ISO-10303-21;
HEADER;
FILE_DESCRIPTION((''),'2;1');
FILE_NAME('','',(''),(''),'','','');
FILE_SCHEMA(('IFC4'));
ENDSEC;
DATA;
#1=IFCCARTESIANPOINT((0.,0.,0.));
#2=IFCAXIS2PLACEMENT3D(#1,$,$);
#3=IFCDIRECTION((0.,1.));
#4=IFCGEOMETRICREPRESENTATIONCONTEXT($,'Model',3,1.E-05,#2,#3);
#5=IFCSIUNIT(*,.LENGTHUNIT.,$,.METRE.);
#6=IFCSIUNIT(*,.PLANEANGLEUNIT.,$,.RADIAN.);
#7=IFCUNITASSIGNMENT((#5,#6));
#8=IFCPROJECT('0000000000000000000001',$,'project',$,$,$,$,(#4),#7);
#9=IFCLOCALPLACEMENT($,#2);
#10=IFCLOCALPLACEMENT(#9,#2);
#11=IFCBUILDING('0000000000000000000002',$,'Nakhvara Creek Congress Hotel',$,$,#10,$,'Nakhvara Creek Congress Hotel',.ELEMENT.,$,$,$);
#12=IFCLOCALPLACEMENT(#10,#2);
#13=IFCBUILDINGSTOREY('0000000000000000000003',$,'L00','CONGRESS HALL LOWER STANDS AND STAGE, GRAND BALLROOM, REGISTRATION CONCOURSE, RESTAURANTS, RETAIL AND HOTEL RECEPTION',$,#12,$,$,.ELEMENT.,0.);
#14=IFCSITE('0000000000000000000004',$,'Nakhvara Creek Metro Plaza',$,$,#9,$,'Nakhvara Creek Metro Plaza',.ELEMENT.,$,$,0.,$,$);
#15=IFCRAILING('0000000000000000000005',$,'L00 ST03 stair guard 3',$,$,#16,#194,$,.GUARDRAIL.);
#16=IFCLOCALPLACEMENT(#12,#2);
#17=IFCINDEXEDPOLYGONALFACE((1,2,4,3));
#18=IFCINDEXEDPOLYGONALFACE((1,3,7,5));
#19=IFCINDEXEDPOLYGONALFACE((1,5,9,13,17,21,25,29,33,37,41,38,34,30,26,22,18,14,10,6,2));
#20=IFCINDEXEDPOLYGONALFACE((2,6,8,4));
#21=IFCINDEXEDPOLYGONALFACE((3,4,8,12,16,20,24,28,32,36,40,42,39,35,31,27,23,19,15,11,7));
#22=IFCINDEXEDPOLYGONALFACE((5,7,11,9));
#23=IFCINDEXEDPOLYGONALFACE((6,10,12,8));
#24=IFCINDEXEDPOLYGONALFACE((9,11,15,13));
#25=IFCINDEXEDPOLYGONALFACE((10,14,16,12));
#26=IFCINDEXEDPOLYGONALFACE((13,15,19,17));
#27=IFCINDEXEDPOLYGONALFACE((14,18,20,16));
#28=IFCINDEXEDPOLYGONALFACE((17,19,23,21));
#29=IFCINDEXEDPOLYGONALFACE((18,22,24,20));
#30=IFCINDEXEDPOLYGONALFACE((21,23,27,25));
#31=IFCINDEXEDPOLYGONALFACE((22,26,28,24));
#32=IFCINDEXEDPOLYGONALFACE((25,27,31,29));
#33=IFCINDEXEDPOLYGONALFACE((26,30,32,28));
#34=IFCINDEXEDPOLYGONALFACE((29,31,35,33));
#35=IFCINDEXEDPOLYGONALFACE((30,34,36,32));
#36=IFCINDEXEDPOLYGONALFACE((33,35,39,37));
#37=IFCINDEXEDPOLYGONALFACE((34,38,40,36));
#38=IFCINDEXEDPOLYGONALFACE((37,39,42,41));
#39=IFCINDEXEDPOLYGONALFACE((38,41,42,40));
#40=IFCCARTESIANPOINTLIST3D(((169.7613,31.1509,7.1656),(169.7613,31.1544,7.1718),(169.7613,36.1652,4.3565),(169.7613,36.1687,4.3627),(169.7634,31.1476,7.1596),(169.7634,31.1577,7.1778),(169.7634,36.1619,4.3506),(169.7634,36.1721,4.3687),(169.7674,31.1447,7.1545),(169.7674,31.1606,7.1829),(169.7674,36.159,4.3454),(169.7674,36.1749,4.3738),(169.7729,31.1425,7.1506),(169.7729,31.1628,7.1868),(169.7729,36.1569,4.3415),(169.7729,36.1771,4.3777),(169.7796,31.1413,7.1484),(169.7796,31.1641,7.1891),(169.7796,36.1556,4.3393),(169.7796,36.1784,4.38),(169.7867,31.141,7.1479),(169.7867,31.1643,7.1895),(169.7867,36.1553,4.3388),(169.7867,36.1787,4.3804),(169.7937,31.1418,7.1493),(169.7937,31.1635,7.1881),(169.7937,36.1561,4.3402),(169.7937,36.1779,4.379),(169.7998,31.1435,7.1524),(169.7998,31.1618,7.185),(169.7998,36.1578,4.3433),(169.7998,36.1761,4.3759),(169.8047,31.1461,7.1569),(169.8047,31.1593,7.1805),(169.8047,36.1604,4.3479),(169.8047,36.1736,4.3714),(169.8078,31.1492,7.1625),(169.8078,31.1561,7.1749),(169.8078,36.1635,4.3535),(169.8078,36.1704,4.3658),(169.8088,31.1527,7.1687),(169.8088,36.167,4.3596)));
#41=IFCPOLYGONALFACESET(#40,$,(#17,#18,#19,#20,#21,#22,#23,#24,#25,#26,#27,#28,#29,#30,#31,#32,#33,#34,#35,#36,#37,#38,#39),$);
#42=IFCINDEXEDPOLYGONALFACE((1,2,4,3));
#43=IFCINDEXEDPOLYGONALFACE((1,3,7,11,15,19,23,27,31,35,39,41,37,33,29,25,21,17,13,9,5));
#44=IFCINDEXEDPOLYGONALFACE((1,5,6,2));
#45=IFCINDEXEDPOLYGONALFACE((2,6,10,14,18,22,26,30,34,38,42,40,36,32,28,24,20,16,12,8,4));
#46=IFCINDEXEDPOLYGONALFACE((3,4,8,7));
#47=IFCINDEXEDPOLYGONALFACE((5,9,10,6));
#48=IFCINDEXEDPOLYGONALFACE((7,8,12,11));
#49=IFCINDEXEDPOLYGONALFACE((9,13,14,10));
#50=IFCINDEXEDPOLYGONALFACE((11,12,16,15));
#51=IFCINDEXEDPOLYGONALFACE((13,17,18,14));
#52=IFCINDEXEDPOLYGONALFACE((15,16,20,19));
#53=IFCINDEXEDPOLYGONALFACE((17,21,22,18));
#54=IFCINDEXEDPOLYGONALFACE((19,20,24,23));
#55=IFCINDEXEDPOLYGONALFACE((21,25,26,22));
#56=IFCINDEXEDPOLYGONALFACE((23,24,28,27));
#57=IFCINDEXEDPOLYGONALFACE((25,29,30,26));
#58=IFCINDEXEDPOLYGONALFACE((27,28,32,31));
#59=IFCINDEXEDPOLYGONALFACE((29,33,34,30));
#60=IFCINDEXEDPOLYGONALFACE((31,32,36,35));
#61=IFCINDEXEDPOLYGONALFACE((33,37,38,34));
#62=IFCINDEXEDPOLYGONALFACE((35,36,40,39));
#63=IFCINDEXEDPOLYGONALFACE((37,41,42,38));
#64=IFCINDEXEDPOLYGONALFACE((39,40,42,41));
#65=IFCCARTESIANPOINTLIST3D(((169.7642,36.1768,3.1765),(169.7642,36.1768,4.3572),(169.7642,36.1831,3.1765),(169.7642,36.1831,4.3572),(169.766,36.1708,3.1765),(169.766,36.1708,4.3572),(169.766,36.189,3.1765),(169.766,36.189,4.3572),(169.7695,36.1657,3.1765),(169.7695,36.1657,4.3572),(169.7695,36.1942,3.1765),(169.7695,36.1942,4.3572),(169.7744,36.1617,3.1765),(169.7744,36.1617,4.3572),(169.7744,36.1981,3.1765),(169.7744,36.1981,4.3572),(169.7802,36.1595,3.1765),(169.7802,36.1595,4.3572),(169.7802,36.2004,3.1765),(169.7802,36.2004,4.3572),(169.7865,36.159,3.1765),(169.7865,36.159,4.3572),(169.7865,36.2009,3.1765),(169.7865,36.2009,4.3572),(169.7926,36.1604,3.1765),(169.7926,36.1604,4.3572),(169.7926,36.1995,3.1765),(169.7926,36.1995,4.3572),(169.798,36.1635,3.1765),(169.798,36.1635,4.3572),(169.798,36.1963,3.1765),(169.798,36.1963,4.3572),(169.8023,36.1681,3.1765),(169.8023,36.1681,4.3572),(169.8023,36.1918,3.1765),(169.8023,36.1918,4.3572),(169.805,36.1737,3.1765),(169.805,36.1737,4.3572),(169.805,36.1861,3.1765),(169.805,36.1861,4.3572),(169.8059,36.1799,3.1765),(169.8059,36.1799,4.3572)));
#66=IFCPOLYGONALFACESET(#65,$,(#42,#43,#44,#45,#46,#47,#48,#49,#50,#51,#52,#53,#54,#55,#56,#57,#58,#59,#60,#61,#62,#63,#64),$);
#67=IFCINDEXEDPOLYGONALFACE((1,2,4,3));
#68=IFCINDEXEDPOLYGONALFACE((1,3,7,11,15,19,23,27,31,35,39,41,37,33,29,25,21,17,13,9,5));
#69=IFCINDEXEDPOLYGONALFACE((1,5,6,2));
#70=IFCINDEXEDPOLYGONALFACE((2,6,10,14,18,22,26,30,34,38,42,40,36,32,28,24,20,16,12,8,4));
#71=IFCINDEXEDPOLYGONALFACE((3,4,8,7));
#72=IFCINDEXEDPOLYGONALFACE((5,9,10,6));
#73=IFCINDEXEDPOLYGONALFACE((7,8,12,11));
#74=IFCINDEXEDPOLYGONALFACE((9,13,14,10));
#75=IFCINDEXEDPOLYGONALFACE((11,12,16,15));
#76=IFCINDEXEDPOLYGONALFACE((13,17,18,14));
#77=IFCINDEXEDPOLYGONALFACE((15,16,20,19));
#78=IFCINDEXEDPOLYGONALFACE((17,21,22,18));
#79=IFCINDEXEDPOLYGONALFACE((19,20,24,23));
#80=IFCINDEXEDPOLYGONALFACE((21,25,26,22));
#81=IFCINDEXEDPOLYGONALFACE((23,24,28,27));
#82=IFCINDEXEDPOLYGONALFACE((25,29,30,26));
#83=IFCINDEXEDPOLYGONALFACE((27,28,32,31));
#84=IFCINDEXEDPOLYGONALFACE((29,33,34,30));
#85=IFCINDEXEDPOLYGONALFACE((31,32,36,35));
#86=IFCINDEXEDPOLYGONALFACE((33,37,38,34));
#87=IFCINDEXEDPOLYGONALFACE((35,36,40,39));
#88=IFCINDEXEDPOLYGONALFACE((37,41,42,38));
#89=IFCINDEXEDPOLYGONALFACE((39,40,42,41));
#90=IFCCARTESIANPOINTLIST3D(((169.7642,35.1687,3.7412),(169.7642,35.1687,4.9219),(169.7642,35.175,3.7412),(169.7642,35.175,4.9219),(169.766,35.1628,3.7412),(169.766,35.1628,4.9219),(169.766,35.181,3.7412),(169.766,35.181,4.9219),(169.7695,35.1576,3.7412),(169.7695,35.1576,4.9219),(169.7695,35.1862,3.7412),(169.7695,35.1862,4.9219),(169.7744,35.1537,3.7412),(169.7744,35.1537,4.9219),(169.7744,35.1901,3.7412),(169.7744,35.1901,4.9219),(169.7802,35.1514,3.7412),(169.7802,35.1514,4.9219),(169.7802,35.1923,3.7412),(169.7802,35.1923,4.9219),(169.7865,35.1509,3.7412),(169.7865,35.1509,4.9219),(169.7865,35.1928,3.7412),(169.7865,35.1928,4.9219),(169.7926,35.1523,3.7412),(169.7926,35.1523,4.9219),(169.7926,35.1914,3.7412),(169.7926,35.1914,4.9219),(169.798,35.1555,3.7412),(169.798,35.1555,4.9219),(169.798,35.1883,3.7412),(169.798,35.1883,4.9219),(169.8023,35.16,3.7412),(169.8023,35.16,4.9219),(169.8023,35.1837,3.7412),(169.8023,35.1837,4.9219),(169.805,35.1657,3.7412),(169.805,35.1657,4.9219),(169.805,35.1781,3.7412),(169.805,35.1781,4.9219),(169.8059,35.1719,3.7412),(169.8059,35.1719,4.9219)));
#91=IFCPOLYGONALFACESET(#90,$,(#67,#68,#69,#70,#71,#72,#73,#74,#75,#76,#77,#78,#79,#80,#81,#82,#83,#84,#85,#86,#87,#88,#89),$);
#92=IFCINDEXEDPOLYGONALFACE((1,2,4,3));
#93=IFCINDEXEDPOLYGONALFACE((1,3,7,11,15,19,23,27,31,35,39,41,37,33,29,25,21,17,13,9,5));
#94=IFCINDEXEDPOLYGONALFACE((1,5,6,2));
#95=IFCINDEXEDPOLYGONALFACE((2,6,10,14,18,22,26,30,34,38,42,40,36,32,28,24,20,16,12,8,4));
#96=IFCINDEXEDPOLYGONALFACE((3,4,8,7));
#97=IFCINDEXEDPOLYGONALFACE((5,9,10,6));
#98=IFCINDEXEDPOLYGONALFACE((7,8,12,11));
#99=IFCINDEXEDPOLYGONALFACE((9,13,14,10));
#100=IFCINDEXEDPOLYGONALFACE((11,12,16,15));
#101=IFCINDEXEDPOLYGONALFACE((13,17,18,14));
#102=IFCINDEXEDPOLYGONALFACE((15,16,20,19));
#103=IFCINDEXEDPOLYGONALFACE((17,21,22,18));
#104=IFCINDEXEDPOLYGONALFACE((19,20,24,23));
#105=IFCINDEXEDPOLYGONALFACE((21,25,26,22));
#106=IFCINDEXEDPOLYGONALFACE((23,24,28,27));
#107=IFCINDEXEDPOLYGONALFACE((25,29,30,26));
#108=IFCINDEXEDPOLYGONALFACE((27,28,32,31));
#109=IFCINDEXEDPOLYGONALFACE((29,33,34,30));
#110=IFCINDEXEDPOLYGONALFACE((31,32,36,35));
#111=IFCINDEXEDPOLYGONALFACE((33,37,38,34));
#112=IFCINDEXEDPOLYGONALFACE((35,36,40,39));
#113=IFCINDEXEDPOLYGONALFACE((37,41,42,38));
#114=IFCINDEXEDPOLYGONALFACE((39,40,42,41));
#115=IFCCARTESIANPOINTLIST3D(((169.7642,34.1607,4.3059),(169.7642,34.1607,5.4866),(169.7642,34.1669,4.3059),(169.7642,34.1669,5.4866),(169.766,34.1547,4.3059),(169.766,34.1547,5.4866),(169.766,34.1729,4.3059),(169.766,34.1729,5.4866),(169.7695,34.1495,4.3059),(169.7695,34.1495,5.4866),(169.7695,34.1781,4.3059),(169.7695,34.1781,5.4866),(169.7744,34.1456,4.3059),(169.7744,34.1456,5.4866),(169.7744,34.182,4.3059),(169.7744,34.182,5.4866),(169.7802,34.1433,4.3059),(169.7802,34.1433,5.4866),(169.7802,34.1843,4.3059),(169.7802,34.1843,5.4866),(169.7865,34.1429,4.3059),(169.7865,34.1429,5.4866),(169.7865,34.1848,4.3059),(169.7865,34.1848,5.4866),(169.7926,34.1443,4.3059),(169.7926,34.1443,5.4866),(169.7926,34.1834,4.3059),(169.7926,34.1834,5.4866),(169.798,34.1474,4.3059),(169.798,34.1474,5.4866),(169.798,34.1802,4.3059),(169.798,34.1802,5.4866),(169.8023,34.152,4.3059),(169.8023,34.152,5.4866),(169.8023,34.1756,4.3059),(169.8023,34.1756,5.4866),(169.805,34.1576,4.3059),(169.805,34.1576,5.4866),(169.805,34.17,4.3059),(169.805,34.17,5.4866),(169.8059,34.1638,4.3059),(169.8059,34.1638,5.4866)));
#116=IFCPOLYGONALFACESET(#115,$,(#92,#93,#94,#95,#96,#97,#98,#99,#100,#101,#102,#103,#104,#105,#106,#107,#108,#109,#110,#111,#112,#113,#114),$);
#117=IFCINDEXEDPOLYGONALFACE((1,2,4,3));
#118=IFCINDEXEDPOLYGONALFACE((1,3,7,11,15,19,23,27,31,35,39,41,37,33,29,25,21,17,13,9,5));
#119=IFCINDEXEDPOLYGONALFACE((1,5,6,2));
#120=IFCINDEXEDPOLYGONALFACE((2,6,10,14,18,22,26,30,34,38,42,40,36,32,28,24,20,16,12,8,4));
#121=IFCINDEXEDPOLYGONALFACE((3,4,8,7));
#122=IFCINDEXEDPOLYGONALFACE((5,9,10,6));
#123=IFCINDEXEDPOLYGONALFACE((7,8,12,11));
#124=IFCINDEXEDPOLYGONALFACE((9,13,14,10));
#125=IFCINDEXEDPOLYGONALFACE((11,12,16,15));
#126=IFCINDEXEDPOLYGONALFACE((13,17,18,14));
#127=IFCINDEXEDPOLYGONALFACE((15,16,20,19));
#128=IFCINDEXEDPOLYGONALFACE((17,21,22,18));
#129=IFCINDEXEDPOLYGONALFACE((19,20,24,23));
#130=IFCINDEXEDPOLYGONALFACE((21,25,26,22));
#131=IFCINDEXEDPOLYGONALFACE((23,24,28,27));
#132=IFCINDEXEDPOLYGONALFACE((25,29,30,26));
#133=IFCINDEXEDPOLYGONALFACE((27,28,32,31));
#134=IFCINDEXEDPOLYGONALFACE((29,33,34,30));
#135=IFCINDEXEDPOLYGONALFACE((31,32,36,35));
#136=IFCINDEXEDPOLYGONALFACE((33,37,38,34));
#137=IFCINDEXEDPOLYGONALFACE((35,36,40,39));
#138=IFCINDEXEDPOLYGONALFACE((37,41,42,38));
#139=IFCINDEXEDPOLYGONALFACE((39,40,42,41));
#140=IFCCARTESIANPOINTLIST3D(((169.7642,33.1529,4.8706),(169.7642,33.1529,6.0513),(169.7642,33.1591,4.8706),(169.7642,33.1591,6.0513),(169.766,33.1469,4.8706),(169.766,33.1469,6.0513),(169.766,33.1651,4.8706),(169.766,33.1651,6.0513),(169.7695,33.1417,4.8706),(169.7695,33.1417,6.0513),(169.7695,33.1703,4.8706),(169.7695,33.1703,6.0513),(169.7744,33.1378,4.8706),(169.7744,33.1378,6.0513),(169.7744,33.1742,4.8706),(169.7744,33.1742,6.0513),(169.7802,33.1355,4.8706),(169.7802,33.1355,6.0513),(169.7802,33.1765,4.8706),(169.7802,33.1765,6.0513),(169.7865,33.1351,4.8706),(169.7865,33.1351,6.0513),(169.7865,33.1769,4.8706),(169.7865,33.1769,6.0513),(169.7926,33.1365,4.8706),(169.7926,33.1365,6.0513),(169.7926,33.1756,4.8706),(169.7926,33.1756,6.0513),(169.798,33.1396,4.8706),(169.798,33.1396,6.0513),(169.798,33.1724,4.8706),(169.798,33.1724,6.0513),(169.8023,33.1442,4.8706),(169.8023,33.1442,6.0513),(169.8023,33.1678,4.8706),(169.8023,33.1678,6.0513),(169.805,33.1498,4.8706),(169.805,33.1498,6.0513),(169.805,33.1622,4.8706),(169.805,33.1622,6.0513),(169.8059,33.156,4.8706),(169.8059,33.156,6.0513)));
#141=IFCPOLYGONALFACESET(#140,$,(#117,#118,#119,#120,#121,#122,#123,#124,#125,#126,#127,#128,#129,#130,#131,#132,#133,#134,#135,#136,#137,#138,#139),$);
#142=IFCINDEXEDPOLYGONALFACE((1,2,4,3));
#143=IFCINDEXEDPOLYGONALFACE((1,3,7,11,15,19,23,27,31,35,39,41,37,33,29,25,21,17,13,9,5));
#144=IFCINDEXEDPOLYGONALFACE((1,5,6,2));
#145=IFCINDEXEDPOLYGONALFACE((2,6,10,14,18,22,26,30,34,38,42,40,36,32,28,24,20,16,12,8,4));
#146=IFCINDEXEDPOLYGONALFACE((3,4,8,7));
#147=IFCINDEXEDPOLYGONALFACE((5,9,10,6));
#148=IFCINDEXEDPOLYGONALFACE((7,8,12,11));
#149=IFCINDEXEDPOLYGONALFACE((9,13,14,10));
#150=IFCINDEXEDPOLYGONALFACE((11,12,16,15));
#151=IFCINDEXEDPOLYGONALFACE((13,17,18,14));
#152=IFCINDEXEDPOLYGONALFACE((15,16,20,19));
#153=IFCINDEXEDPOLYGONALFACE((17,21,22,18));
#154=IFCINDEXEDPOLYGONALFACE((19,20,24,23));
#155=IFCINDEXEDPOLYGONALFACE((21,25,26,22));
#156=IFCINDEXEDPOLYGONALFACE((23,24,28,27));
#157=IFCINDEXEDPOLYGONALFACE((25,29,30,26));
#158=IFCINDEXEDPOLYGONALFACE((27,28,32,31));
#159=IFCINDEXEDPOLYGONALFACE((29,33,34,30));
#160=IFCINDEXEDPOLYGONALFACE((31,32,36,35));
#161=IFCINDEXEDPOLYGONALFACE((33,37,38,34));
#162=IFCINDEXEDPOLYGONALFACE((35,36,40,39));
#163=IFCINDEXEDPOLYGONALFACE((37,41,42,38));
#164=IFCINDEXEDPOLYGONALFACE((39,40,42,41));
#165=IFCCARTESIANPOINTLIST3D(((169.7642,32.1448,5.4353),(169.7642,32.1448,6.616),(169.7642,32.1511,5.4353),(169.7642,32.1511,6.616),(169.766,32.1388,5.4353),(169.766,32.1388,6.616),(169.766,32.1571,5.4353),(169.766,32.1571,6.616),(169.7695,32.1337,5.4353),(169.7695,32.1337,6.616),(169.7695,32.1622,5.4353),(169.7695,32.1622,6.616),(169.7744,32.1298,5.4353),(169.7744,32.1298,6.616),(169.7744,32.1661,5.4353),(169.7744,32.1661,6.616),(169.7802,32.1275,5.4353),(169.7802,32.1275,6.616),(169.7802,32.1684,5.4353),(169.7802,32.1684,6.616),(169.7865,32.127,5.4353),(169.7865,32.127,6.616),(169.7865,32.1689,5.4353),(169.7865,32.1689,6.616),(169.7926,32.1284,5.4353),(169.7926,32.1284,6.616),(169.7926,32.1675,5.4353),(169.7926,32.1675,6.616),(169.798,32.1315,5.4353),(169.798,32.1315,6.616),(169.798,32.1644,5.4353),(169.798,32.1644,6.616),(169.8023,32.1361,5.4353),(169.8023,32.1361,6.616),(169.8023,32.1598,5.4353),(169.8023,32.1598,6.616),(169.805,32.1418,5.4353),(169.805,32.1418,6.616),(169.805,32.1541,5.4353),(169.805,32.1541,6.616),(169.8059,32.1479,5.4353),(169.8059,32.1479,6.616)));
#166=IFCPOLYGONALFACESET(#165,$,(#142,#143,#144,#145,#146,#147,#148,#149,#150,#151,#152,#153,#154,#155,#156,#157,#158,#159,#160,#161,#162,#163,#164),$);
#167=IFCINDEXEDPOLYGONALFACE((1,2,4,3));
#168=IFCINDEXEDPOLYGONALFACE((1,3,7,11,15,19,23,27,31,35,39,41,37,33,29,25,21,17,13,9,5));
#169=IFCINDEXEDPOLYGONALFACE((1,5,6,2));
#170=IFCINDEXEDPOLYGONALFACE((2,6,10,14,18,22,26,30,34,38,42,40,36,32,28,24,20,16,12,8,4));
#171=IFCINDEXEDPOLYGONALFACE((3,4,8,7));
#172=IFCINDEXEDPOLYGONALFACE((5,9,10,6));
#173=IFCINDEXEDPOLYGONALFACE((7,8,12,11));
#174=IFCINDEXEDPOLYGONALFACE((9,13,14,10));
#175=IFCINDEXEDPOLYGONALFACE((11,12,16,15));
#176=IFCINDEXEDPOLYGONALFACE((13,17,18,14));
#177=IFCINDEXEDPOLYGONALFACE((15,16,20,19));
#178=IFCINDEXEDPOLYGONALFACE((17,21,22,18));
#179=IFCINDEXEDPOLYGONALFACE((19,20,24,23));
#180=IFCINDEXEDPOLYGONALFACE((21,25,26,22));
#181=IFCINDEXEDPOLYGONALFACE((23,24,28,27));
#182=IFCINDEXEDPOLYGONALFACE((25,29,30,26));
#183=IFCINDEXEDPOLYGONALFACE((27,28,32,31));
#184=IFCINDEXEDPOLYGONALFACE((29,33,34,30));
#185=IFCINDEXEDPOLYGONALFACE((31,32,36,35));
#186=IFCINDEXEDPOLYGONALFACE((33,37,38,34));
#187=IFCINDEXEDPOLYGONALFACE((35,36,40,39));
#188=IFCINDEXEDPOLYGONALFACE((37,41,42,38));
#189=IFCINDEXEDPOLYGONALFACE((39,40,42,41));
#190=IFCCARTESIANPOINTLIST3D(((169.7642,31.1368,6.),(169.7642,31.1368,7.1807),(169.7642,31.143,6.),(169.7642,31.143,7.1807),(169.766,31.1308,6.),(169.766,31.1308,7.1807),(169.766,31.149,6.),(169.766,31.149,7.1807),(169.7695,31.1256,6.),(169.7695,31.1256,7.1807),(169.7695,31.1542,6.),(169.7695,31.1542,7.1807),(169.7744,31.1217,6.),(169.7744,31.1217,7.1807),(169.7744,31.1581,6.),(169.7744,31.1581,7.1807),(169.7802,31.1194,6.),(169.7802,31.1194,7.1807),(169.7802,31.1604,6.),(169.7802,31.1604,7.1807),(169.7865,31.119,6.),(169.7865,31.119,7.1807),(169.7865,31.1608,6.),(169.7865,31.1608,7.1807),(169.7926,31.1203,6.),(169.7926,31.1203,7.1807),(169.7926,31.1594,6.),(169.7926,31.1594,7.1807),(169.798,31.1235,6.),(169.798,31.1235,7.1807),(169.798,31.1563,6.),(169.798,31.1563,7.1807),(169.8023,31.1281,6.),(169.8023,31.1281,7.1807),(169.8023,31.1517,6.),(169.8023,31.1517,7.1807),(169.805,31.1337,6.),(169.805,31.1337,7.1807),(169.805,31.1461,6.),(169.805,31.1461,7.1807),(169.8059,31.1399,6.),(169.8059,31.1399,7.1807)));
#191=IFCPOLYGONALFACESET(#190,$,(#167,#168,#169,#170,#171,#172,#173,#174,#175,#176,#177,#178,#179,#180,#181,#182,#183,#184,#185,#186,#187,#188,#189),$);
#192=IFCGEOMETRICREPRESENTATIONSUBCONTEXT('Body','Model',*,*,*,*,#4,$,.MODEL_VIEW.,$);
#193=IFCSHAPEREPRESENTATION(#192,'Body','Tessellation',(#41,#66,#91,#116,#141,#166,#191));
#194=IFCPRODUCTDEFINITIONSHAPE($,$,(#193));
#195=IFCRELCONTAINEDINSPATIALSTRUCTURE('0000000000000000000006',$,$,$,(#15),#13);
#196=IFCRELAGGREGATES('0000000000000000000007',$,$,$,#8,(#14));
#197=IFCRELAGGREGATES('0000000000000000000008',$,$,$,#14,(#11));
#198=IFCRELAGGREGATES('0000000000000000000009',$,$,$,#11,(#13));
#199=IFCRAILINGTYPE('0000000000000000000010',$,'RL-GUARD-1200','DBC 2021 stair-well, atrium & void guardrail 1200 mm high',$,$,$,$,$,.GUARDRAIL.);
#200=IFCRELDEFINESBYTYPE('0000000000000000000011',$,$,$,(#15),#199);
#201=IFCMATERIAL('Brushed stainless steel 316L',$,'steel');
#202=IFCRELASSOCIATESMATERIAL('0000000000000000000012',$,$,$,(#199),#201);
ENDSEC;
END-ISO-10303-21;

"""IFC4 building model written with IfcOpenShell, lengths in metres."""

from ifc_helpers import new_model, si_unit, direction, frame, origin, origin_2d, place, context, subcontext, project, spatial, circle, extrude, material, type_object, element, save


model = new_model("IFC4")

# Units and contexts
model_context = context("Model", 3, precision=1e-05, world=origin(), true_north=direction((0.0, 1.0)))
body_context = subcontext(model_context, "Body", "Model", "MODEL_VIEW")
ifc_project = project(units=[si_unit("LENGTHUNIT", "METRE"), si_unit("PLANEANGLEUNIT", "RADIAN")], contexts=[model_context])

# Site, building, storey
site_placement = place(None, origin())
site = spatial("IfcSite", under=ifc_project, at=site_placement, Name="Nakhvara Creek Metro Plaza", LongName="Nakhvara Creek Metro Plaza", CompositionType="ELEMENT", RefElevation=0.0)
building_placement = place(site_placement, origin())
building = spatial("IfcBuilding", under=site, at=building_placement, Name="Nakhvara Creek Congress Hotel", LongName="Nakhvara Creek Congress Hotel", CompositionType="ELEMENT")
storey_placement = place(building_placement, origin())
storey = spatial("IfcBuildingStorey", under=building, at=storey_placement, Name="L00", Description="CONGRESS HALL LOWER STANDS AND STAGE, GRAND BALLROOM, REGISTRATION CONCOURSE, RESTAURANTS, RETAIL AND HOTEL RECEPTION", CompositionType="ELEMENT", Elevation=0.0)

# Railing
ifc_material_1 = material(Name="Brushed stainless steel 316L", Category="steel")
railing_type_1 = type_object("IfcRailingType", Name="RL-GUARD-1200", Description="DBC 2021 stair-well, atrium & void guardrail 1200 mm high", PredefinedType="GUARDRAIL", material=ifc_material_1)
railing_1_placement = place(storey_placement, frame((169.7849, 36.1799, 3.1765)))
element("IfcRailing", 1, at=railing_1_placement, inside=storey, type_object=railing_type_1, Name="L00 ST03 stair guard 3", PredefinedType="GUARDRAIL", context=body_context, shape_type="SweptSolid", body=[
    extrude(circle(Radius=0.0239, at=origin_2d()), frame((0.0, -0.0129, 1.1831), z_axis=(0.0, -0.872427, 0.488744), x_axis=(1.0, 0.0, 0.0)), (0.0, 0.0, 1.0), 5.7476),
    extrude(circle(Radius=0.021, at=origin_2d()), origin(), (0.0, 0.0, 1.0), 1.1807),
    extrude(circle(Radius=0.021, at=origin_2d()), frame((0.0, -1.0081, 0.5647)), (0.0, 0.0, 1.0), 1.1807),
    extrude(circle(Radius=0.021, at=origin_2d()), frame((0.0, -2.0161, 1.1294)), (0.0, 0.0, 1.0), 1.1807),
    extrude(circle(Radius=0.021, at=origin_2d()), frame((0.0, -3.0239, 1.6941)), (0.0, 0.0, 1.0), 1.1807),
    extrude(circle(Radius=0.021, at=origin_2d()), frame((0.0, -4.032, 2.2588)), (0.0, 0.0, 1.0), 1.1807),
    extrude(circle(Radius=0.021, at=origin_2d()), frame((0.0, -5.04, 2.8235)), (0.0, 0.0, 1.0), 1.1807),
])

save(model, "model.ifc")
